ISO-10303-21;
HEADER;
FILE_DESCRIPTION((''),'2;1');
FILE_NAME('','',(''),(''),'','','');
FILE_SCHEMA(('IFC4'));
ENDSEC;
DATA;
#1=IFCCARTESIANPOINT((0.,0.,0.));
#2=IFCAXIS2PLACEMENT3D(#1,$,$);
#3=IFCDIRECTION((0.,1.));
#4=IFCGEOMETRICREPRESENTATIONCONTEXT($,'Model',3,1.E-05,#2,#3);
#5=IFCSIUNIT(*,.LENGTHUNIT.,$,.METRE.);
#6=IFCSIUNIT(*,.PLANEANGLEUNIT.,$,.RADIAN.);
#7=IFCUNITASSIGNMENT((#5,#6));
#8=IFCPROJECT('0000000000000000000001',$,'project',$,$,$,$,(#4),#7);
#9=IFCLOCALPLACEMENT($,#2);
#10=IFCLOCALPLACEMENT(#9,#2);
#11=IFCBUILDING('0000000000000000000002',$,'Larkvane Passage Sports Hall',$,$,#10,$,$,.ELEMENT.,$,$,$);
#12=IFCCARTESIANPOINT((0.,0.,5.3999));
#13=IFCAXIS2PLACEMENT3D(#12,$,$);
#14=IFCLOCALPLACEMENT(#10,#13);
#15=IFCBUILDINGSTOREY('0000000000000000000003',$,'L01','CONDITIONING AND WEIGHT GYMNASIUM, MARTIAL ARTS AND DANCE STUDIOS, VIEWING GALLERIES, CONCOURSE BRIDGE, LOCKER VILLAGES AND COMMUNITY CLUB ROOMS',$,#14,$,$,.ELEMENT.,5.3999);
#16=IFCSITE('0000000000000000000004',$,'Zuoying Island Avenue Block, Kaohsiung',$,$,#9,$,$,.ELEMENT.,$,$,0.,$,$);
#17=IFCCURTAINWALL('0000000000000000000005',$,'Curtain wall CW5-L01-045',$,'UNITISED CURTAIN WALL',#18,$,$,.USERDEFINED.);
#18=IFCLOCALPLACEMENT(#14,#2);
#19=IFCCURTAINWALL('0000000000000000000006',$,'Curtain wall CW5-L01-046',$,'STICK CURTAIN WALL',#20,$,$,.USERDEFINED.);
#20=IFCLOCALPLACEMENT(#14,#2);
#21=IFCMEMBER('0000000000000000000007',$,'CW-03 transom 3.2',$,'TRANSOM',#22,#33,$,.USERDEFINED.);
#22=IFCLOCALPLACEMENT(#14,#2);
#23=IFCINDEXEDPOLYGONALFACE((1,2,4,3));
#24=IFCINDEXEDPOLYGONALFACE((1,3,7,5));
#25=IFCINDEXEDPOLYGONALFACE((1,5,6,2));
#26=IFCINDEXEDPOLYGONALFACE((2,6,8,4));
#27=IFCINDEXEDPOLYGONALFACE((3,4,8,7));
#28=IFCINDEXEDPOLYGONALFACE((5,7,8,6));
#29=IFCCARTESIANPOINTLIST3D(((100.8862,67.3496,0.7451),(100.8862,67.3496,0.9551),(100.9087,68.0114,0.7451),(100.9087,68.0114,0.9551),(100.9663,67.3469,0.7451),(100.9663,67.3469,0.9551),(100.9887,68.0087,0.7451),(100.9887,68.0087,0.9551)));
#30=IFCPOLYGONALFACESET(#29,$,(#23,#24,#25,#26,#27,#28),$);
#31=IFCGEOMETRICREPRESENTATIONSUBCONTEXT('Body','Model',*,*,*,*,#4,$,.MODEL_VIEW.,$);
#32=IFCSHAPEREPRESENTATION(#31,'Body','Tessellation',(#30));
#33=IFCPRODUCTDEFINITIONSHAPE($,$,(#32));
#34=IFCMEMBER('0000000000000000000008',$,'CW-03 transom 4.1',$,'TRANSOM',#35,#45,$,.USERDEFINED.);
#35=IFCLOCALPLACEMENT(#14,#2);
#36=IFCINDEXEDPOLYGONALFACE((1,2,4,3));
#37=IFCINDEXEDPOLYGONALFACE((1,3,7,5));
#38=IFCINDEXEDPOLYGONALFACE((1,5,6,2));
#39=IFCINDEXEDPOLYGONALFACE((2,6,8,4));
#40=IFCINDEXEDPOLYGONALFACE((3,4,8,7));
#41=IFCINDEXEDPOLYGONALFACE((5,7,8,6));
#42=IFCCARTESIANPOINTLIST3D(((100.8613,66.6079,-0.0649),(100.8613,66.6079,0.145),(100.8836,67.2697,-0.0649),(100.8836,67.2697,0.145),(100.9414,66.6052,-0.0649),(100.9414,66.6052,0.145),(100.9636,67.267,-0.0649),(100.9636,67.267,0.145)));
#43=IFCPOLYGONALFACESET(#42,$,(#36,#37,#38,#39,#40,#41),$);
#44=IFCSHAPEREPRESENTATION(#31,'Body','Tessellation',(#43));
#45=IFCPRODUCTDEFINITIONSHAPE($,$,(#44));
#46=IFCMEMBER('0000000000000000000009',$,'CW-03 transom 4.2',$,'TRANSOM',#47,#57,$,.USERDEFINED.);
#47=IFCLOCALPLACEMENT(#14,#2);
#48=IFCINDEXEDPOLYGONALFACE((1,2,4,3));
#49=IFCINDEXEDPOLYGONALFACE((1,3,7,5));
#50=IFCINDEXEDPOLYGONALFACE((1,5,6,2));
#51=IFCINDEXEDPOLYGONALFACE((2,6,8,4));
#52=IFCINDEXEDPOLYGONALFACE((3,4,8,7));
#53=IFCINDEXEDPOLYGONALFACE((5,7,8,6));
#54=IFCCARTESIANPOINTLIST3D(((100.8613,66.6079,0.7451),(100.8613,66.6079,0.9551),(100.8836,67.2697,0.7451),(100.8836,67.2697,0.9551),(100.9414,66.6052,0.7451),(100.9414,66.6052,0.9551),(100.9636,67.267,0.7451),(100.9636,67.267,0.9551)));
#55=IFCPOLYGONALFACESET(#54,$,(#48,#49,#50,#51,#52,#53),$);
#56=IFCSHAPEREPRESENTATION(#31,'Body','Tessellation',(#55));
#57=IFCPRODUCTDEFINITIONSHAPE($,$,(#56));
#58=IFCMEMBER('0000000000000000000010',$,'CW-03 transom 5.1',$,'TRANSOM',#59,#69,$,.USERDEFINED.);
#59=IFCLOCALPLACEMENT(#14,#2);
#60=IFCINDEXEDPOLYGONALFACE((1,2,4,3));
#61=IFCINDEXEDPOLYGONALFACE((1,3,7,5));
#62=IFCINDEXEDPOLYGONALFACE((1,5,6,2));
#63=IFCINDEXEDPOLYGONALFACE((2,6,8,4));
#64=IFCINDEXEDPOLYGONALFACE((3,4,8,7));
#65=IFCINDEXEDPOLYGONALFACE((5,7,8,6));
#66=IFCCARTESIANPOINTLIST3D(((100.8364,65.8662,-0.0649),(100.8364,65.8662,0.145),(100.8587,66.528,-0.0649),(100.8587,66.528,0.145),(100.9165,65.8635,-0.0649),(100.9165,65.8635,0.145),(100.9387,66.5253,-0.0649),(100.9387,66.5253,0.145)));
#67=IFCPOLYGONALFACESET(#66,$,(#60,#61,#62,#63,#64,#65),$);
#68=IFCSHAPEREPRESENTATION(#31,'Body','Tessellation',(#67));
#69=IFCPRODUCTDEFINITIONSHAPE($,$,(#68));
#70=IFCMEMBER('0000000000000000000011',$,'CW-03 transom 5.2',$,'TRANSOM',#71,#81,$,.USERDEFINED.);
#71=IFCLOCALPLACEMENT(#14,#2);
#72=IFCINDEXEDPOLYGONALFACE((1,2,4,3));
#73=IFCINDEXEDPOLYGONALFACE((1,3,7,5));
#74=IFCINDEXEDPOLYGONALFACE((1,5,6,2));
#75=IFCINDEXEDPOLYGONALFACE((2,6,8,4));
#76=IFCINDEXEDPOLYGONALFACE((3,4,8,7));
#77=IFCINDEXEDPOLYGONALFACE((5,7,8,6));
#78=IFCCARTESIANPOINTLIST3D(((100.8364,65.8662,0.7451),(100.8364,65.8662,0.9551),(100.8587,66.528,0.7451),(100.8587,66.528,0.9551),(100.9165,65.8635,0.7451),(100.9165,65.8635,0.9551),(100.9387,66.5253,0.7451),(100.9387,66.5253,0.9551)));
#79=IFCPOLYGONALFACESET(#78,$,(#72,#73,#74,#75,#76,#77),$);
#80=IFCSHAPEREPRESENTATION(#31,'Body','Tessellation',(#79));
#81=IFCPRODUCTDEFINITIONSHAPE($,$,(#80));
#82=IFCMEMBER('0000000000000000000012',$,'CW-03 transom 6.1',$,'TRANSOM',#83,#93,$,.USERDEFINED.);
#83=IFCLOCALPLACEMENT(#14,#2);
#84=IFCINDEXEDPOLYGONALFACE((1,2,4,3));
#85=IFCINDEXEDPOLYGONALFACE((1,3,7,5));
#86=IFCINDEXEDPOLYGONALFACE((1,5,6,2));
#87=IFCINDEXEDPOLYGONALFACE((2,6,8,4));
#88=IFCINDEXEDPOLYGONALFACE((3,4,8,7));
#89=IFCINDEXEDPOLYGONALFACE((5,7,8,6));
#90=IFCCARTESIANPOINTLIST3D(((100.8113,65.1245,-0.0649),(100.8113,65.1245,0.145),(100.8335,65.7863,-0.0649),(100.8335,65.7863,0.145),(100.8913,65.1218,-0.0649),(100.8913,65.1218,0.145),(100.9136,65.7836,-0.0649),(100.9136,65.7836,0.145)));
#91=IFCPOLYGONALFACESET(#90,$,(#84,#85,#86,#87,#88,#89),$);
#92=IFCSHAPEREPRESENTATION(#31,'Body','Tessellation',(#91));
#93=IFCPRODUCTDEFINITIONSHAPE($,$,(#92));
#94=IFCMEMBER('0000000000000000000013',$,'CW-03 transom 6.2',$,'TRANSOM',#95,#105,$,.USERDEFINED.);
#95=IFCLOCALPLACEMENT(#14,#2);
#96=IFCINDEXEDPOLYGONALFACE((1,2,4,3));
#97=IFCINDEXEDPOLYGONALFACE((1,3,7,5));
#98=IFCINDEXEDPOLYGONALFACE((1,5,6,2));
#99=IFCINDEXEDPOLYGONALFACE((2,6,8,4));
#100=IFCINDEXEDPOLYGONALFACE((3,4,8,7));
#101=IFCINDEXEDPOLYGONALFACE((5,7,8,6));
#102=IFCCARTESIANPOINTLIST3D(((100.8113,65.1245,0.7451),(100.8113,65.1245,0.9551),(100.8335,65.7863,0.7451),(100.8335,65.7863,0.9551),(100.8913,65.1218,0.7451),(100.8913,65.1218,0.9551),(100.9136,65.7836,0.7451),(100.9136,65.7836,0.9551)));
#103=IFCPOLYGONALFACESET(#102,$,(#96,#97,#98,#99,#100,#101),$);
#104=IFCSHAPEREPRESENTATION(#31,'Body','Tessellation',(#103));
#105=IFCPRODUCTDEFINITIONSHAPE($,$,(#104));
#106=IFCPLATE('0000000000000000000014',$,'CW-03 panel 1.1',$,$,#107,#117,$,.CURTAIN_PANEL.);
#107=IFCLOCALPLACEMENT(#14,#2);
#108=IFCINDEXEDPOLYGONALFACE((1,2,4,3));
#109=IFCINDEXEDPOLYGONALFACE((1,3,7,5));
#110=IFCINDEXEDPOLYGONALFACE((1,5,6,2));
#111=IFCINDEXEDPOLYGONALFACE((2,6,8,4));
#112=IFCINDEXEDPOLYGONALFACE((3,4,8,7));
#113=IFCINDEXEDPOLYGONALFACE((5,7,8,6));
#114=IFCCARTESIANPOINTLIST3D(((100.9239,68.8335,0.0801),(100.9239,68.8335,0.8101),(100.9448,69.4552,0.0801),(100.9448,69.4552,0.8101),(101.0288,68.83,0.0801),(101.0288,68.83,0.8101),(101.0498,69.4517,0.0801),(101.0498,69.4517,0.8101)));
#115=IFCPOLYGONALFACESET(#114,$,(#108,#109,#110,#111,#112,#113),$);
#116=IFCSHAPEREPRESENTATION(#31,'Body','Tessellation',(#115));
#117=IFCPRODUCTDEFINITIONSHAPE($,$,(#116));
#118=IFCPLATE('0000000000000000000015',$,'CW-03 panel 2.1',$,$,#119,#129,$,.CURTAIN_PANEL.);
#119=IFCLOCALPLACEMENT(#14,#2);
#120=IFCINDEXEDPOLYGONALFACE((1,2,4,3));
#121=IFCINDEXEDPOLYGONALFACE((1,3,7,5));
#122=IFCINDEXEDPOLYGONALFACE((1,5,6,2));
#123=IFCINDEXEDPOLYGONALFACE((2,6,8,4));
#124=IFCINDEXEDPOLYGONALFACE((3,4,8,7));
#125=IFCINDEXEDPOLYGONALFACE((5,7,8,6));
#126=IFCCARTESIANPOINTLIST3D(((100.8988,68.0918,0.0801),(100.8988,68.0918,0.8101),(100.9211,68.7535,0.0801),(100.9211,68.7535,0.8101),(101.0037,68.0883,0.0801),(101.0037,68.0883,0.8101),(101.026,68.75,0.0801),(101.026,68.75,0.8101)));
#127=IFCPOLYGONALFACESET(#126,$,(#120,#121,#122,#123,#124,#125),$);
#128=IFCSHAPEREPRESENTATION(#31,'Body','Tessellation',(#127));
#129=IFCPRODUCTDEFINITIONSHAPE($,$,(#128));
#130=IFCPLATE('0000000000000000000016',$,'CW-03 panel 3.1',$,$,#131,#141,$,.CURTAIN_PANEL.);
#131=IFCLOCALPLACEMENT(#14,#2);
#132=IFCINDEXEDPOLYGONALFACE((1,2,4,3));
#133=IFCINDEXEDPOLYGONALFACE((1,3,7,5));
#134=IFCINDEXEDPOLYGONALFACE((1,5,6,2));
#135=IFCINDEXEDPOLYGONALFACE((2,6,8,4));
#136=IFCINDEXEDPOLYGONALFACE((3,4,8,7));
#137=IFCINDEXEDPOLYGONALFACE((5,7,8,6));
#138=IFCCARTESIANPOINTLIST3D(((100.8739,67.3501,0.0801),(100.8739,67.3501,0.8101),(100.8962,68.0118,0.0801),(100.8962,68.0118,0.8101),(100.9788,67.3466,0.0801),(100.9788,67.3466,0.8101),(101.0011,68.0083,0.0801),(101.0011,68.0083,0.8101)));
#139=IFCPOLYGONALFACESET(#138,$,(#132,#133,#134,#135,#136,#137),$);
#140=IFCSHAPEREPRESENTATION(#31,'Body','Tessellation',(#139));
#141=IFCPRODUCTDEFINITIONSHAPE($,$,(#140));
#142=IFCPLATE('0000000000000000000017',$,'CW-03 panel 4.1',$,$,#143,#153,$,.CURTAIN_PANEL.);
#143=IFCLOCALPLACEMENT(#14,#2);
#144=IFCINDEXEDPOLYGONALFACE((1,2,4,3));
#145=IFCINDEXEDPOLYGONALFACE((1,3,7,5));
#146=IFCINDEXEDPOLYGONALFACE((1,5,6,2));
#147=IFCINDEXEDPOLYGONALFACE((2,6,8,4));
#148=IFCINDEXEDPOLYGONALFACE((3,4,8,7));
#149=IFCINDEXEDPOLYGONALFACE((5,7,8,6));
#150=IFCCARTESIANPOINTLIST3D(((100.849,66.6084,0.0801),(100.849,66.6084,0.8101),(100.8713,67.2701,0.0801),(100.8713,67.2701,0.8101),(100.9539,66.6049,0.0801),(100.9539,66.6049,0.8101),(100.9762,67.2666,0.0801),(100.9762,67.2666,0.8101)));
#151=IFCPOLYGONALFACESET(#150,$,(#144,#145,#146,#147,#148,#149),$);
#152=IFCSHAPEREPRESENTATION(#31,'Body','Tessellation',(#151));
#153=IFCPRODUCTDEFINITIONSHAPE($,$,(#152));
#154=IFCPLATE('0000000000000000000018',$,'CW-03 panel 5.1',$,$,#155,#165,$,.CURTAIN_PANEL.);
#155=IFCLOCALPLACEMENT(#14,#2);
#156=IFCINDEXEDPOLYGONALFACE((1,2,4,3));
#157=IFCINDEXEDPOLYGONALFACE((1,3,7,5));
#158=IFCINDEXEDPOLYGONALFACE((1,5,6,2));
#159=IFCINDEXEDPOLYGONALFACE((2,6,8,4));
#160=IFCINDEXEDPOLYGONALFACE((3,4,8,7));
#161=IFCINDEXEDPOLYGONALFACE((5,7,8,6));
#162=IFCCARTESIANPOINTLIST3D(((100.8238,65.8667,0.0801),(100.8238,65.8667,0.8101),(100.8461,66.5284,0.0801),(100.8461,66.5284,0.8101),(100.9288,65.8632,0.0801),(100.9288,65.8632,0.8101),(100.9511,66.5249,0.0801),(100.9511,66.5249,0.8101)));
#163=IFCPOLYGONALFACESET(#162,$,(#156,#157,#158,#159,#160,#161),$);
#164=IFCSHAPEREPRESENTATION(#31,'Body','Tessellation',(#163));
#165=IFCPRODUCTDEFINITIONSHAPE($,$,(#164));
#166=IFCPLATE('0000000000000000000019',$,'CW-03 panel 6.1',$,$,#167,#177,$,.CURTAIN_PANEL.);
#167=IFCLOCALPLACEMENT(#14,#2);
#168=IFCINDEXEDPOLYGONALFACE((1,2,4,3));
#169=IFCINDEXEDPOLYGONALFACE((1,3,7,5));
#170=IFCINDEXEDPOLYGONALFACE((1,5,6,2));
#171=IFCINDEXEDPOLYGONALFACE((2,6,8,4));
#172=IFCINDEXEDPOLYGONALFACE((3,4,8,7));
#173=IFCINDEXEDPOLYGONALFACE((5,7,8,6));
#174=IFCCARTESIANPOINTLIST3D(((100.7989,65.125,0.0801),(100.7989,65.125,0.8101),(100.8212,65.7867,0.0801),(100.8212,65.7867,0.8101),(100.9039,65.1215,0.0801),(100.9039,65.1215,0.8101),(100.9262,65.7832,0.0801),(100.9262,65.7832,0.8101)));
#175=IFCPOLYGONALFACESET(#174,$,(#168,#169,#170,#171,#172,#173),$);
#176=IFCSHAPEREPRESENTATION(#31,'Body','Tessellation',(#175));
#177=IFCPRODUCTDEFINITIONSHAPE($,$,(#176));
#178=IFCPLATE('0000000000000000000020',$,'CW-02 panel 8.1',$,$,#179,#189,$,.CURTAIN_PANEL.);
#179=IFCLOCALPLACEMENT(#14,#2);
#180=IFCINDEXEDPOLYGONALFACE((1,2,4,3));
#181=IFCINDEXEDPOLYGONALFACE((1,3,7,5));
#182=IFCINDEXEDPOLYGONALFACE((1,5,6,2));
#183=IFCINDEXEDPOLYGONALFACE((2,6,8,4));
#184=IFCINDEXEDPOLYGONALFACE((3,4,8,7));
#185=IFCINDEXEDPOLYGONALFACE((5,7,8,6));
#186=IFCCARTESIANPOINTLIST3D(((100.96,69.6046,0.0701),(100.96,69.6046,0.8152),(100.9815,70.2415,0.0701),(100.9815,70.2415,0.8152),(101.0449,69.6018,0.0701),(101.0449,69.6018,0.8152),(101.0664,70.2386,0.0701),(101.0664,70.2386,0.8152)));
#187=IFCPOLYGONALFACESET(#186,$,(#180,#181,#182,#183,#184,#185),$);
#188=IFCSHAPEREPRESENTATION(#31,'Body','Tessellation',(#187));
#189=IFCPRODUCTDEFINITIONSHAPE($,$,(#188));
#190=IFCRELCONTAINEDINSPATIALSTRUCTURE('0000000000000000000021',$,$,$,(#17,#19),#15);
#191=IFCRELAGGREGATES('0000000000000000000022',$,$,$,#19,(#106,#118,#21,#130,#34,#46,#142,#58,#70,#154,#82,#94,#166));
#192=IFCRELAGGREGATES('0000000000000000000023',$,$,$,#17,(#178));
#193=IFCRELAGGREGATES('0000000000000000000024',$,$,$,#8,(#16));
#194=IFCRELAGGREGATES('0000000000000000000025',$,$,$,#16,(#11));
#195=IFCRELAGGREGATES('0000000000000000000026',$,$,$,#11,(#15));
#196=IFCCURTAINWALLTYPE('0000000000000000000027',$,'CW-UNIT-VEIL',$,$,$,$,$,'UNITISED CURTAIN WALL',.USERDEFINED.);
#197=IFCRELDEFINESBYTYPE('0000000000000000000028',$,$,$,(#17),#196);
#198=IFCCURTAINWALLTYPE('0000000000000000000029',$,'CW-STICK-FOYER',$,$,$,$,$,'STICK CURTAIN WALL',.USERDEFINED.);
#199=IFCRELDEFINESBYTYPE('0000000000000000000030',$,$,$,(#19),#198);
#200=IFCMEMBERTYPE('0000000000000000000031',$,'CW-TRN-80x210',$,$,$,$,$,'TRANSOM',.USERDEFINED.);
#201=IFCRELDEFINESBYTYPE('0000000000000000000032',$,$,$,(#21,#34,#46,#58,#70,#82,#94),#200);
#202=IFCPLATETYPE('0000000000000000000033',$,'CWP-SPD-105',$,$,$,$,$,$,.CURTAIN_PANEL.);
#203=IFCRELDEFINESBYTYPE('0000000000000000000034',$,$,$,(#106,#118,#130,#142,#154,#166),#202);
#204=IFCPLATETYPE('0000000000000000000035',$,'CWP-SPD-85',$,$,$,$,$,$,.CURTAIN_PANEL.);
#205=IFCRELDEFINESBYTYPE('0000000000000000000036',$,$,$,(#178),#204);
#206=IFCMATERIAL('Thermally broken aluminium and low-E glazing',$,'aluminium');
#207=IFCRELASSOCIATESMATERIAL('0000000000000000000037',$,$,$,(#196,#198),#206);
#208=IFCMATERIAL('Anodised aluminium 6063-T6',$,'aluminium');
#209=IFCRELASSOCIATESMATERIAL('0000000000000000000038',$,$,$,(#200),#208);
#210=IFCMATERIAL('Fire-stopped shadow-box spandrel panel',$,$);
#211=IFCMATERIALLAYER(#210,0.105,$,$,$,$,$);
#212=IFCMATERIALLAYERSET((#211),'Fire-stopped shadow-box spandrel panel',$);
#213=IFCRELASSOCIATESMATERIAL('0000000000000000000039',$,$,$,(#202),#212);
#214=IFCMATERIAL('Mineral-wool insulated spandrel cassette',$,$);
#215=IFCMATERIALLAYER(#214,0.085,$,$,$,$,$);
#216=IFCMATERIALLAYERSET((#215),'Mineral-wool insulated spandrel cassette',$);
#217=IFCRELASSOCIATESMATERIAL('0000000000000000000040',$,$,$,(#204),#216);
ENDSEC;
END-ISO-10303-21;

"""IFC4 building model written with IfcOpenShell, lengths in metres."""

from ifc_helpers import new_model, si_unit, direction, frame, origin, origin_2d, place, context, subcontext, project, spatial, rectangle, extrude, material, layer, layer_set, material_profile, profile_set, type_object, element, aggregate, save


model = new_model("IFC4")

# Units and contexts
model_context = context("Model", 3, precision=1e-05, world=origin(), true_north=direction((0.0, 1.0)))
body_context = subcontext(model_context, "Body", "Model", "MODEL_VIEW")
ifc_project = project(units=[si_unit("LENGTHUNIT", "METRE"), si_unit("PLANEANGLEUNIT", "RADIAN")], contexts=[model_context])

# Site, building, storey
site_placement = place(None, origin())
site = spatial("IfcSite", under=ifc_project, at=site_placement, Name="Zuoying Island Avenue Block, Kaohsiung", CompositionType="ELEMENT", RefElevation=0.0)
building_placement = place(site_placement, origin())
building = spatial("IfcBuilding", under=site, at=building_placement, Name="Larkvane Passage Sports Hall", CompositionType="ELEMENT")
storey_placement = place(building_placement, frame((0.0, 0.0, 5.3999)))
storey = spatial("IfcBuildingStorey", under=building, at=storey_placement, Name="L01", Description="CONDITIONING AND WEIGHT GYMNASIUM, MARTIAL ARTS AND DANCE STUDIOS, VIEWING GALLERIES, CONCOURSE BRIDGE, LOCKER VILLAGES AND COMMUNITY CLUB ROOMS", CompositionType="ELEMENT", Elevation=5.3999)

# Curtain walls
ifc_material_1 = material(Name="Thermally broken aluminium and low-E glazing", Category="aluminium")
curtain_wall_type_1 = type_object("IfcCurtainWallType", Name="CW-UNIT-VEIL", ElementType="UNITISED CURTAIN WALL", PredefinedType="USERDEFINED", material=ifc_material_1)
curtain_wall_1_placement = place(storey_placement, origin())
curtain_wall_1 = element("IfcCurtainWall", 1, at=curtain_wall_1_placement, inside=storey, type_object=curtain_wall_type_1, Name="Curtain wall CW5-L01-045", ObjectType="UNITISED CURTAIN WALL", PredefinedType="USERDEFINED")
ifc_material_2 = material(Name="Anodised aluminium 6063-T6", Category="aluminium")
curtain_wall_type_2 = type_object("IfcCurtainWallType", Name="CW-STICK-FOYER", ElementType="STICK CURTAIN WALL", PredefinedType="USERDEFINED", material=ifc_material_1)
curtain_wall_2_placement = place(storey_placement, origin())
curtain_wall_2 = element("IfcCurtainWall", 2, at=curtain_wall_2_placement, inside=storey, type_object=curtain_wall_type_2, Name="Curtain wall CW5-L01-046", ObjectType="STICK CURTAIN WALL", PredefinedType="USERDEFINED")

# Members
ifc_material_profile_1 = material_profile(ifc_material_2, rectangle(XDim=0.0801, YDim=0.21, at=origin_2d()), Name="ALU-TRN-80x210")
ifc_profile_set_1 = profile_set([ifc_material_profile_1], Name="Anodised aluminium 6063-T6")
member_type_1 = type_object("IfcMemberType", Name="CW-TRN-80x210", ElementType="TRANSOM", PredefinedType="USERDEFINED", material=ifc_profile_set_1)
member_1_placement = place(storey_placement, frame((100.9487, 68.01, 0.8501), z_axis=(-0.033929, -0.999424, 0.0), x_axis=(0.999424, -0.033929, 0.0)))
member_1 = element("IfcMember", 3, at=member_1_placement, type_object=member_type_1, Name="CW-03 transom 3.2", ObjectType="TRANSOM", PredefinedType="USERDEFINED", context=body_context, shape_type="SweptSolid", body=[
    extrude(rectangle(XDim=0.0801, YDim=0.21, at=origin_2d()), origin(), (0.0, 0.0, 1.0), 0.6621),
])
member_2_placement = place(storey_placement, frame((100.9236, 67.2683, 0.04), z_axis=(-0.03356, -0.999437, 0.0), x_axis=(0.999437, -0.03356, 0.0)))
member_2 = element("IfcMember", 4, at=member_2_placement, type_object=member_type_1, Name="CW-03 transom 4.1", ObjectType="TRANSOM", PredefinedType="USERDEFINED", context=body_context, shape_type="SweptSolid", body=[
    extrude(rectangle(XDim=0.0801, YDim=0.21, at=origin_2d()), origin(), (0.0, 0.0, 1.0), 0.6621),
])
member_3_placement = place(storey_placement, frame((100.9236, 67.2683, 0.8501), z_axis=(-0.03356, -0.999437, 0.0), x_axis=(0.999437, -0.03356, 0.0)))
member_3 = element("IfcMember", 5, at=member_3_placement, type_object=member_type_1, Name="CW-03 transom 4.2", ObjectType="TRANSOM", PredefinedType="USERDEFINED", context=body_context, shape_type="SweptSolid", body=[
    extrude(rectangle(XDim=0.0801, YDim=0.21, at=origin_2d()), origin(), (0.0, 0.0, 1.0), 0.6621),
])
member_4_placement = place(storey_placement, frame((100.8987, 66.5266, 0.04), z_axis=(-0.03356, -0.999437, 0.0), x_axis=(0.999437, -0.03356, 0.0)))
member_4 = element("IfcMember", 6, at=member_4_placement, type_object=member_type_1, Name="CW-03 transom 5.1", ObjectType="TRANSOM", PredefinedType="USERDEFINED", context=body_context, shape_type="SweptSolid", body=[
    extrude(rectangle(XDim=0.0801, YDim=0.21, at=origin_2d()), origin(), (0.0, 0.0, 1.0), 0.6621),
])
member_5_placement = place(storey_placement, frame((100.8987, 66.5266, 0.8501), z_axis=(-0.03356, -0.999437, 0.0), x_axis=(0.999437, -0.03356, 0.0)))
member_5 = element("IfcMember", 7, at=member_5_placement, type_object=member_type_1, Name="CW-03 transom 5.2", ObjectType="TRANSOM", PredefinedType="USERDEFINED", context=body_context, shape_type="SweptSolid", body=[
    extrude(rectangle(XDim=0.0801, YDim=0.21, at=origin_2d()), origin(), (0.0, 0.0, 1.0), 0.6621),
])
member_6_placement = place(storey_placement, frame((100.8735, 65.7849, 0.04), z_axis=(-0.03356, -0.999437, 0.0), x_axis=(0.999437, -0.03356, 0.0)))
member_6 = element("IfcMember", 8, at=member_6_placement, type_object=member_type_1, Name="CW-03 transom 6.1", ObjectType="TRANSOM", PredefinedType="USERDEFINED", context=body_context, shape_type="SweptSolid", body=[
    extrude(rectangle(XDim=0.0801, YDim=0.21, at=origin_2d()), origin(), (0.0, 0.0, 1.0), 0.6621),
])
member_7_placement = place(storey_placement, frame((100.8735, 65.7849, 0.8501), z_axis=(-0.03356, -0.999437, 0.0), x_axis=(0.999437, -0.03356, 0.0)))
member_7 = element("IfcMember", 9, at=member_7_placement, type_object=member_type_1, Name="CW-03 transom 6.2", ObjectType="TRANSOM", PredefinedType="USERDEFINED", context=body_context, shape_type="SweptSolid", body=[
    extrude(rectangle(XDim=0.0801, YDim=0.21, at=origin_2d()), origin(), (0.0, 0.0, 1.0), 0.6621),
])

# Plates
ifc_material_3 = material(Name="Fire-stopped shadow-box spandrel panel")
ifc_layer_1 = layer(ifc_material_3, 0.105)
ifc_layer_set_1 = layer_set([ifc_layer_1], Name="Fire-stopped shadow-box spandrel panel")
plate_type_1 = type_object("IfcPlateType", Name="CWP-SPD-105", PredefinedType="CURTAIN_PANEL", material=ifc_layer_set_1)
plate_1_placement = place(storey_placement, frame((100.9868, 69.1426, 0.0801), z_axis=(0.0, 0.0, 1.0), x_axis=(-0.033689, -0.999432, 0.0)))
plate_1 = element("IfcPlate", 10, at=plate_1_placement, type_object=plate_type_1, Name="CW-03 panel 1.1", PredefinedType="CURTAIN_PANEL", context=body_context, shape_type="SweptSolid", body=[
    extrude(rectangle(XDim=0.6221, YDim=0.105, at=origin_2d()), origin(), (0.0, 0.0, 1.0), 0.73),
])
plate_2_placement = place(storey_placement, frame((100.9624, 68.4209, 0.0801), z_axis=(0.0, 0.0, 1.0), x_axis=(-0.033689, -0.999432, 0.0)))
plate_2 = element("IfcPlate", 11, at=plate_2_placement, type_object=plate_type_1, Name="CW-03 panel 2.1", PredefinedType="CURTAIN_PANEL", context=body_context, shape_type="SweptSolid", body=[
    extrude(rectangle(XDim=0.6621, YDim=0.105, at=origin_2d()), origin(), (0.0, 0.0, 1.0), 0.73),
])
plate_3_placement = place(storey_placement, frame((100.9375, 67.6792, 0.0801), z_axis=(0.0, 0.0, 1.0), x_axis=(-0.033689, -0.999432, 0.0)))
plate_3 = element("IfcPlate", 12, at=plate_3_placement, type_object=plate_type_1, Name="CW-03 panel 3.1", PredefinedType="CURTAIN_PANEL", context=body_context, shape_type="SweptSolid", body=[
    extrude(rectangle(XDim=0.6621, YDim=0.105, at=origin_2d()), origin(), (0.0, 0.0, 1.0), 0.73),
])
plate_4_placement = place(storey_placement, frame((100.9126, 66.9375, 0.0801), z_axis=(0.0, 0.0, 1.0), x_axis=(-0.033689, -0.999432, 0.0)))
plate_4 = element("IfcPlate", 13, at=plate_4_placement, type_object=plate_type_1, Name="CW-03 panel 4.1", PredefinedType="CURTAIN_PANEL", context=body_context, shape_type="SweptSolid", body=[
    extrude(rectangle(XDim=0.6621, YDim=0.105, at=origin_2d()), origin(), (0.0, 0.0, 1.0), 0.73),
])
plate_5_placement = place(storey_placement, frame((100.8875, 66.1958, 0.0801), z_axis=(0.0, 0.0, 1.0), x_axis=(-0.033689, -0.999432, 0.0)))
plate_5 = element("IfcPlate", 14, at=plate_5_placement, type_object=plate_type_1, Name="CW-03 panel 5.1", PredefinedType="CURTAIN_PANEL", context=body_context, shape_type="SweptSolid", body=[
    extrude(rectangle(XDim=0.6621, YDim=0.105, at=origin_2d()), origin(), (0.0, 0.0, 1.0), 0.73),
])
plate_6_placement = place(storey_placement, frame((100.8625, 65.4541, 0.0801), z_axis=(0.0, 0.0, 1.0), x_axis=(-0.033689, -0.999432, 0.0)))
plate_6 = element("IfcPlate", 15, at=plate_6_placement, type_object=plate_type_1, Name="CW-03 panel 6.1", PredefinedType="CURTAIN_PANEL", context=body_context, shape_type="SweptSolid", body=[
    extrude(rectangle(XDim=0.6621, YDim=0.105, at=origin_2d()), origin(), (0.0, 0.0, 1.0), 0.73),
])
aggregate(curtain_wall_2, [plate_1, plate_2, member_1, plate_3, member_2, member_3, plate_4, member_4, member_5, plate_5, member_6, member_7, plate_6])
ifc_material_4 = material(Name="Mineral-wool insulated spandrel cassette")
ifc_layer_2 = layer(ifc_material_4, 0.085)
ifc_layer_set_2 = layer_set([ifc_layer_2], Name="Mineral-wool insulated spandrel cassette")
plate_type_2 = type_object("IfcPlateType", Name="CWP-SPD-85", PredefinedType="CURTAIN_PANEL", material=ifc_layer_set_2)
plate_7_placement = place(storey_placement, frame((101.0132, 69.9216, 0.0701), z_axis=(0.0, 0.0, 1.0), x_axis=(-0.033688, -0.999432, 0.0)))
plate_7 = element("IfcPlate", 16, at=plate_7_placement, type_object=plate_type_2, Name="CW-02 panel 8.1", PredefinedType="CURTAIN_PANEL", context=body_context, shape_type="SweptSolid", body=[
    extrude(rectangle(XDim=0.6372, YDim=0.085, at=origin_2d()), origin(), (0.0, 0.0, 1.0), 0.7451),
])
aggregate(curtain_wall_1, [plate_7])

save(model, "model.ifc")
